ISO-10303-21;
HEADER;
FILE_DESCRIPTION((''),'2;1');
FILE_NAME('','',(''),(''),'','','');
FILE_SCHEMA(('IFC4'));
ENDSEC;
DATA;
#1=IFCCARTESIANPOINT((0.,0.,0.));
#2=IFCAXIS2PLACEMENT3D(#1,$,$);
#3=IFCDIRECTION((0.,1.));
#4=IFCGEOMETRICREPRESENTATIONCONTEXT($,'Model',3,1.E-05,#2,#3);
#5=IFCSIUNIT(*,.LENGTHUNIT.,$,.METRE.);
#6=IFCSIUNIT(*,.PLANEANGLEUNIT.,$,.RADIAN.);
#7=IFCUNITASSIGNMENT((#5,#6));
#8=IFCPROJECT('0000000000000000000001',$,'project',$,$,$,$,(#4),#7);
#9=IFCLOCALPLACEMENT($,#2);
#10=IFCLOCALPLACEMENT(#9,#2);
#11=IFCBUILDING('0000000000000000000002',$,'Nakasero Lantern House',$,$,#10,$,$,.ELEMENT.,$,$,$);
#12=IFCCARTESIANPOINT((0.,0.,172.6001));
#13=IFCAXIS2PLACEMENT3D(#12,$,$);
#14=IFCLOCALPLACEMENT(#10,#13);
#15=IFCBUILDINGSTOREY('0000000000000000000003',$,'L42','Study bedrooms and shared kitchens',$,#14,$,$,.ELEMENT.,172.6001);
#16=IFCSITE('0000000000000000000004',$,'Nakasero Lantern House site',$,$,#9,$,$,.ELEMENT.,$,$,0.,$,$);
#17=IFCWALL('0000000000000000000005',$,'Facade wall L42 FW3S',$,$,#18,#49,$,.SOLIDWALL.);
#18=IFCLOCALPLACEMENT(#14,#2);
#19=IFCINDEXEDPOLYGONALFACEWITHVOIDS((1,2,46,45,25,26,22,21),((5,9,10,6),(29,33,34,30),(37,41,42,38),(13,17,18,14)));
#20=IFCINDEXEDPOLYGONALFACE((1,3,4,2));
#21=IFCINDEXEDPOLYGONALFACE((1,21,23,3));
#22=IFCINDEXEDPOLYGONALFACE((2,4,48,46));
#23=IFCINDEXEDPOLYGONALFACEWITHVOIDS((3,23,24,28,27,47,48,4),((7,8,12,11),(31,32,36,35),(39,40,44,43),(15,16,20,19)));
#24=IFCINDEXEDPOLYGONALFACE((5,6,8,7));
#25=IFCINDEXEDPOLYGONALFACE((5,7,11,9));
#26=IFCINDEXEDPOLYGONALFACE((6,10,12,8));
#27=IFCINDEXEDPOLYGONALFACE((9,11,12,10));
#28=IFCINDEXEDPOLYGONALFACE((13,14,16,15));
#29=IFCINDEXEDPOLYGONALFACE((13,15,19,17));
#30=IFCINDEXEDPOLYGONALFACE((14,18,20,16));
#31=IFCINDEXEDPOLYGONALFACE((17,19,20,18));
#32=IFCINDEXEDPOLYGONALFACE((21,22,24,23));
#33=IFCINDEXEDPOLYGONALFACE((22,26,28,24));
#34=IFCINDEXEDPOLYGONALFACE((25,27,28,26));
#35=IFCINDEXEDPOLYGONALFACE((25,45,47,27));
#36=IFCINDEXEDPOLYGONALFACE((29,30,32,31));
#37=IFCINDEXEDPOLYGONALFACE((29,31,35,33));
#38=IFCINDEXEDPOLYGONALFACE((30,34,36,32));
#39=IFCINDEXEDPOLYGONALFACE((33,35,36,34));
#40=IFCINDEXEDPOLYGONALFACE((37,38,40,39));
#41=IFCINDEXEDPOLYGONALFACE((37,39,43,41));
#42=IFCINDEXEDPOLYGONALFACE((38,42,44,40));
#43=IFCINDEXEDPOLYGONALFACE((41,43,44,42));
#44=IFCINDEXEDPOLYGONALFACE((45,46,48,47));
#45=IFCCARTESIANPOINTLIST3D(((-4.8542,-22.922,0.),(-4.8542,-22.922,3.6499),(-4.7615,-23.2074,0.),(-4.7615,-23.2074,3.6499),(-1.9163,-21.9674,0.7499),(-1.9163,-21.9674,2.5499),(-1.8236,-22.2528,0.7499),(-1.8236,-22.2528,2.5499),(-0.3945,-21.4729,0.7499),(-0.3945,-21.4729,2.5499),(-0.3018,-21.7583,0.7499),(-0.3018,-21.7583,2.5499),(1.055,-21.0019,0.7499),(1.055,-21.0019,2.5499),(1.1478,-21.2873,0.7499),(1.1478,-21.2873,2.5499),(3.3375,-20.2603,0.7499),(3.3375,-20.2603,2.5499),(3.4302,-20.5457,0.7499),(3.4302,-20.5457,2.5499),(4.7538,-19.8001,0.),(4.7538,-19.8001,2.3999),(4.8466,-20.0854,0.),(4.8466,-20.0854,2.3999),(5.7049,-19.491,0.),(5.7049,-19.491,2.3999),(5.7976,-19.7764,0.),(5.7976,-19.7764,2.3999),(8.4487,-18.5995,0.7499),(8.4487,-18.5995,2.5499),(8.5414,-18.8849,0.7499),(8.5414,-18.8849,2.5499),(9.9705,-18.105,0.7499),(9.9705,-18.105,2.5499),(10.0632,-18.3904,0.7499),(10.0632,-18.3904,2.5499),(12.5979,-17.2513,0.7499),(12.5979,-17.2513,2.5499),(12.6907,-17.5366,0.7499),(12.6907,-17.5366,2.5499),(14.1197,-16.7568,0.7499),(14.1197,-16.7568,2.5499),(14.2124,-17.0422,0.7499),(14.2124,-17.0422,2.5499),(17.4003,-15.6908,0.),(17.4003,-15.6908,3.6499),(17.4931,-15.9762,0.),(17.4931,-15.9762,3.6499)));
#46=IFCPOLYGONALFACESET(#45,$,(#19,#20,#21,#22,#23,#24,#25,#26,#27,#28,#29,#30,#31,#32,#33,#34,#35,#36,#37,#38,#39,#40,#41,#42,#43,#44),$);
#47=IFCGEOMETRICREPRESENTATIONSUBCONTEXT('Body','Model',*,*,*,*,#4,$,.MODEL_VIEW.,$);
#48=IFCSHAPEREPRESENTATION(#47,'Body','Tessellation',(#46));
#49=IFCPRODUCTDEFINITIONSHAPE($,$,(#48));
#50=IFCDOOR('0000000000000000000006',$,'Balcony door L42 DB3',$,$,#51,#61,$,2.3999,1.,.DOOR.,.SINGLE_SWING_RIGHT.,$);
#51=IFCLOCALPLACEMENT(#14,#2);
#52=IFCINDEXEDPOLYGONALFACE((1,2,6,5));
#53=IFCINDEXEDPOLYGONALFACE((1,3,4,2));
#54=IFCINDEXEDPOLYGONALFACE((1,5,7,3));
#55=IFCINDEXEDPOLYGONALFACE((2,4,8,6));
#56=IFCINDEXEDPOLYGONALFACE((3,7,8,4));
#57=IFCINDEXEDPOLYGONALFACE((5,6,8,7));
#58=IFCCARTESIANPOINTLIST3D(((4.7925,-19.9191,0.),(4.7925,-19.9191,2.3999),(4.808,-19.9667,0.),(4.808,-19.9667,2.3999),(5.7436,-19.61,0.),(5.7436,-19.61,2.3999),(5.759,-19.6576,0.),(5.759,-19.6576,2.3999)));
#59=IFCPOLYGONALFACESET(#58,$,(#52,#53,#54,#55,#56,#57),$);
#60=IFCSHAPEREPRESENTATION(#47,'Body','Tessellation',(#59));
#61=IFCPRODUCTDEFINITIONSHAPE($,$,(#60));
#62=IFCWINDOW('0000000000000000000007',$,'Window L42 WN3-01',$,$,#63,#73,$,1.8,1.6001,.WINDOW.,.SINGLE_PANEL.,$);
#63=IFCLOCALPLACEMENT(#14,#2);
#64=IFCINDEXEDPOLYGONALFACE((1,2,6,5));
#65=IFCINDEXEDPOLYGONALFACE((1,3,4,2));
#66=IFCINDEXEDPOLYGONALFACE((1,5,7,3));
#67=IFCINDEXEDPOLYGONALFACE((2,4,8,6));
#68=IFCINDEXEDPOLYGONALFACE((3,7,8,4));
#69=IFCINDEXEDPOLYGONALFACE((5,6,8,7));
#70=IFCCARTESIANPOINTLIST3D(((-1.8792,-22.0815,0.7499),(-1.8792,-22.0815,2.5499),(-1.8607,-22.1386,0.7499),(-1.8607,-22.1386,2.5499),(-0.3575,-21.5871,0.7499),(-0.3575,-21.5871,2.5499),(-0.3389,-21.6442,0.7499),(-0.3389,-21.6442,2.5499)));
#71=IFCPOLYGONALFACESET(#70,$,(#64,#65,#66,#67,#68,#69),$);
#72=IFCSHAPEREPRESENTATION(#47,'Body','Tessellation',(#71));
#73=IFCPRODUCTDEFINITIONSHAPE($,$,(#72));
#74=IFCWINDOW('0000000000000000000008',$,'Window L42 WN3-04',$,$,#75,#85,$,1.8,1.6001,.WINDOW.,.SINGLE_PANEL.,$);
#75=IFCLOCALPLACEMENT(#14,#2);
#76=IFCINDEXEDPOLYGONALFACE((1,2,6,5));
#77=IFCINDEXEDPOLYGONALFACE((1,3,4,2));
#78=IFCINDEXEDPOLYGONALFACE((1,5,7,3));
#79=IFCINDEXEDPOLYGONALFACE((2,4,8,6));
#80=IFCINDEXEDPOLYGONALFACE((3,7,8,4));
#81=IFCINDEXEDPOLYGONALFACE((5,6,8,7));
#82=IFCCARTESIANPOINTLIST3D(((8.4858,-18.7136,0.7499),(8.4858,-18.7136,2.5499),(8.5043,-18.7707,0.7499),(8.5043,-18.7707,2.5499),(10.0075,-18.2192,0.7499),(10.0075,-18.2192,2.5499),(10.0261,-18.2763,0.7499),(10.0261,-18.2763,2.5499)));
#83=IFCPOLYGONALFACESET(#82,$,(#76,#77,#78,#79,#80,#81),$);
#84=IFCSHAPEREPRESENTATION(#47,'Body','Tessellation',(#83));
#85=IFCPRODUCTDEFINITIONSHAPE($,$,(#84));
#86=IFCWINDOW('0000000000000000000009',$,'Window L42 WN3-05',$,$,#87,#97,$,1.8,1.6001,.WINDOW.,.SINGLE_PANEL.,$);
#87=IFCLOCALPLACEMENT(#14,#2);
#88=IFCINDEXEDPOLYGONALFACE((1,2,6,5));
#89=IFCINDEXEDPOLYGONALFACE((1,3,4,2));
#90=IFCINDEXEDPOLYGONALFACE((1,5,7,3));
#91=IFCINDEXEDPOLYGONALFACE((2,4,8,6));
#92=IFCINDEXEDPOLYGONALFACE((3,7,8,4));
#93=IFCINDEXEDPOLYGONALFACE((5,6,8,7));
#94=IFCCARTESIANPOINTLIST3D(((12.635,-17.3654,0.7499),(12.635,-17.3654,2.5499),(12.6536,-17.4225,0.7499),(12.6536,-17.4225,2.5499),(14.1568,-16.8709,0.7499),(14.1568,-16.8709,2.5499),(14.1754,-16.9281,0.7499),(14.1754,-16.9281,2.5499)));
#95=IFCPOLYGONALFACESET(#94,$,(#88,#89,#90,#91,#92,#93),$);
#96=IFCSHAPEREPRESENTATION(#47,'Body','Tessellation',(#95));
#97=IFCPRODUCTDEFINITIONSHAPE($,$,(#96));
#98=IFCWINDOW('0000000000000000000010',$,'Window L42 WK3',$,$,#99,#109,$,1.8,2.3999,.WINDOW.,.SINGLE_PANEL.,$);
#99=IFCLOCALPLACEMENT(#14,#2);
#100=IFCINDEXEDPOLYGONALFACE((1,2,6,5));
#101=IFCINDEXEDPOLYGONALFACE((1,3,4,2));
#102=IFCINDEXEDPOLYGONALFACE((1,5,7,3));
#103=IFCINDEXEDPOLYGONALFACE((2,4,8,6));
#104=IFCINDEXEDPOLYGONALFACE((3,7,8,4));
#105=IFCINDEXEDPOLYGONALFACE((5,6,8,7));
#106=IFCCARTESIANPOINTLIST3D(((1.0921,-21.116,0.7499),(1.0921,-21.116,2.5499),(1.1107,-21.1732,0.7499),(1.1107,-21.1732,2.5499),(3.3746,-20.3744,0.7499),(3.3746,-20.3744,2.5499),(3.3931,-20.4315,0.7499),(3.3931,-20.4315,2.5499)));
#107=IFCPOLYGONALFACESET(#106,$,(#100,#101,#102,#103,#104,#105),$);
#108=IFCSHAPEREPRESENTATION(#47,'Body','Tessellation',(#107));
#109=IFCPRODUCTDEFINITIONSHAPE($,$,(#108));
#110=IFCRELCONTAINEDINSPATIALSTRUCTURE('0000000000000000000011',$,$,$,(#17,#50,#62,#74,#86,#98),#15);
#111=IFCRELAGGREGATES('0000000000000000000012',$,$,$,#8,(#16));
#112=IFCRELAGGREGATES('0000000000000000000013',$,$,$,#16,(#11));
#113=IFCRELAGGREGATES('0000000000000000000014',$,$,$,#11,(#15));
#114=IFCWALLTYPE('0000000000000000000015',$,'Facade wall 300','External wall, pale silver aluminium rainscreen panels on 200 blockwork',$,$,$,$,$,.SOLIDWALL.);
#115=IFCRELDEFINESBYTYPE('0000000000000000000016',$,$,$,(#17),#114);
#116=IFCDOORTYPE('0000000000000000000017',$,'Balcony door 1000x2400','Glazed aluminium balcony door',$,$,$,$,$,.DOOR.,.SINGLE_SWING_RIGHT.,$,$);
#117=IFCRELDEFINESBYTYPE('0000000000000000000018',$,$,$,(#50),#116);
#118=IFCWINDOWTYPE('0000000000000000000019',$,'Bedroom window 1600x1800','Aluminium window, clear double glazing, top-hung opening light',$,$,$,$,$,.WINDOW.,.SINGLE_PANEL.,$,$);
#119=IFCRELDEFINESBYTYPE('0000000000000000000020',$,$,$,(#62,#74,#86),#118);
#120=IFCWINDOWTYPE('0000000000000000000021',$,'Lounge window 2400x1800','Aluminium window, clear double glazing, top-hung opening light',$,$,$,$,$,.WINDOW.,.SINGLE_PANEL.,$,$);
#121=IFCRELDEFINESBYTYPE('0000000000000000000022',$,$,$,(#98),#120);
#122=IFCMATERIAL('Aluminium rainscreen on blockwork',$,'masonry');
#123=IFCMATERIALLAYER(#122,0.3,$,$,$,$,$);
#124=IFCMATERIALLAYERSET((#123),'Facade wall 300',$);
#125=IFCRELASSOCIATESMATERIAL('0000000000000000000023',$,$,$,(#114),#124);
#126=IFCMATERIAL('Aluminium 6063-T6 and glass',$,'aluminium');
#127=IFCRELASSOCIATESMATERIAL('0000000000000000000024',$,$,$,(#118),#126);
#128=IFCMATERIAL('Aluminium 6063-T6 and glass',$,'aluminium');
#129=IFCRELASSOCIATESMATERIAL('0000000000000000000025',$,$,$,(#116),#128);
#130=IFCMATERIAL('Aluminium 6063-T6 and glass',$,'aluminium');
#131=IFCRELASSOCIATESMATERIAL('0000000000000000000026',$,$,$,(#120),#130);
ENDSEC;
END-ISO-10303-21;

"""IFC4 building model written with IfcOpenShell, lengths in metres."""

from ifc_helpers import new_model, si_unit, direction, frame, frame_2d, origin, place, context, subcontext, project, spatial, rectangle, extrude, material, layer, layer_set, type_object, element, fill, save


model = new_model("IFC4")

# Units and contexts
model_context = context("Model", 3, precision=1e-05, world=origin(), true_north=direction((0.0, 1.0)))
body_context = subcontext(model_context, "Body", "Model", "MODEL_VIEW")
ifc_project = project(units=[si_unit("LENGTHUNIT", "METRE"), si_unit("PLANEANGLEUNIT", "RADIAN")], contexts=[model_context])

# Site, building, storey
site_placement = place(None, origin())
site = spatial("IfcSite", under=ifc_project, at=site_placement, Name="Nakasero Lantern House site", CompositionType="ELEMENT", RefElevation=0.0)
building_placement = place(site_placement, origin())
building = spatial("IfcBuilding", under=site, at=building_placement, Name="Nakasero Lantern House", CompositionType="ELEMENT")
storey_placement = place(building_placement, frame((0.0, 0.0, 172.6001)))
storey = spatial("IfcBuildingStorey", under=building, at=storey_placement, Name="L42", Description="Study bedrooms and shared kitchens", CompositionType="ELEMENT", Elevation=172.6001)

# Shared definitions
ifc_material_1 = material(Name="Aluminium rainscreen on blockwork", Category="masonry")
ifc_layer_1 = layer(ifc_material_1, 0.3)
ifc_layer_set_1 = layer_set([ifc_layer_1], Name="Facade wall 300")
wall_type_1 = type_object("IfcWallType", Name="Facade wall 300", Description="External wall, pale silver aluminium rainscreen panels on 200 blockwork", PredefinedType="SOLIDWALL", material=ifc_layer_set_1)
ifc_material_2 = material(Name="Aluminium 6063-T6 and glass", Category="aluminium")
window_type_1 = type_object("IfcWindowType", Name="Bedroom window 1600x1800", Description="Aluminium window, clear double glazing, top-hung opening light", PartitioningType="SINGLE_PANEL", PredefinedType="WINDOW", material=ifc_material_2)

# Wall, openings, door, windows
wall_1_placement = place(storey_placement, frame((-4.8079, -23.0647, 0.0), z_axis=(0.0, 0.0, 1.0), x_axis=(0.951054, 0.309026, 0.0)))
wall_1 = element("IfcWall", 1, at=wall_1_placement, inside=storey, type_object=wall_type_1, Name="Facade wall L42 FW3S", PredefinedType="SOLIDWALL", context=body_context, shape_type="SweptSolid", body=[
    extrude(rectangle(XDim=23.3999, YDim=0.3, at=frame_2d((11.7, 0.0))), origin(), (0.0, 0.0, 1.0), 3.6499),
])
opening_1_placement = place(wall_1_placement, frame((3.0891, 0.0, 0.75)))
opening_1 = element("IfcOpeningElement", 2, at=opening_1_placement, cuts=wall_1, PredefinedType="OPENING", context=body_context, shape_type="SweptSolid", body=[
    extrude(rectangle(XDim=1.6001, YDim=1.8, at=frame_2d((0.8, 0.8999))), frame((0.0, 0.1699, 0.0), z_axis=(0.0, -1.0, 0.0), x_axis=(1.0, 0.0, 0.0)), (0.0, 0.0, 1.0), 0.3401),
])
opening_2_placement = place(wall_1_placement, frame((13.9875, 0.0, 0.75)))
opening_2 = element("IfcOpeningElement", 3, at=opening_2_placement, cuts=wall_1, PredefinedType="OPENING", context=body_context, shape_type="SweptSolid", body=[
    extrude(rectangle(XDim=1.6001, YDim=1.8, at=frame_2d((0.8, 0.8999))), frame((0.0, 0.1699, 0.0), z_axis=(0.0, -1.0, 0.0), x_axis=(1.0, 0.0, 0.0)), (0.0, 0.0, 1.0), 0.3401),
])
opening_3_placement = place(wall_1_placement, frame((18.3503, 0.0, 0.75)))
opening_3 = element("IfcOpeningElement", 4, at=opening_3_placement, cuts=wall_1, PredefinedType="OPENING", context=body_context, shape_type="SweptSolid", body=[
    extrude(rectangle(XDim=1.6001, YDim=1.8, at=frame_2d((0.8, 0.8999))), frame((0.0, 0.1699, 0.0), z_axis=(0.0, -1.0, 0.0), x_axis=(1.0, 0.0, 0.0)), (0.0, 0.0, 1.0), 0.3401),
])
opening_4_placement = place(wall_1_placement, frame((6.2134, 0.0, 0.75)))
opening_4 = element("IfcOpeningElement", 5, at=opening_4_placement, cuts=wall_1, PredefinedType="OPENING", context=body_context, shape_type="SweptSolid", body=[
    extrude(rectangle(XDim=2.3999, YDim=1.8, at=frame_2d((1.2, 0.8999))), frame((0.0, 0.1699, 0.0), z_axis=(0.0, -1.0, 0.0), x_axis=(1.0, 0.0, 0.0)), (0.0, 0.0, 1.0), 0.3401),
])
opening_5_placement = place(wall_1_placement, frame((10.1025, 0.0, 0.0)))
opening_5 = element("IfcOpeningElement", 6, at=opening_5_placement, cuts=wall_1, PredefinedType="OPENING", context=body_context, shape_type="SweptSolid", body=[
    extrude(rectangle(XDim=1.0, YDim=2.3999, at=frame_2d((0.5, 1.2))), frame((0.0, 0.1699, 0.0), z_axis=(0.0, -1.0, 0.0), x_axis=(1.0, 0.0, 0.0)), (0.0, 0.0, 1.0), 0.3401),
])
ifc_material_3 = material(Name="Aluminium 6063-T6 and glass", Category="aluminium")
door_type = type_object("IfcDoorType", Name="Balcony door 1000x2400", Description="Glazed aluminium balcony door", OperationType="SINGLE_SWING_RIGHT", PredefinedType="DOOR", material=ifc_material_3)
door_placement = place(opening_5_placement, origin())
door = element("IfcDoor", 7, at=door_placement, inside=storey, type_object=door_type, Name="Balcony door L42 DB3", OperationType="SINGLE_SWING_RIGHT", OverallHeight=2.3999, OverallWidth=1.0, PredefinedType="DOOR", context=body_context, shape_type="SweptSolid", body=[
    extrude(rectangle(XDim=1.0, YDim=2.3999, at=frame_2d((0.5, 1.2))), frame((0.0, 0.0249, 0.0), z_axis=(0.0, -1.0, 0.0), x_axis=(1.0, 0.0, 0.0)), (0.0, 0.0, 1.0), 0.05),
])
fill(opening_5, door)
window_1_placement = place(opening_1_placement, origin())
window_1 = element("IfcWindow", 8, at=window_1_placement, inside=storey, type_object=window_type_1, Name="Window L42 WN3-01", OverallHeight=1.8, OverallWidth=1.6001, PartitioningType="SINGLE_PANEL", PredefinedType="WINDOW", context=body_context, shape_type="SweptSolid", body=[
    extrude(rectangle(XDim=1.6001, YDim=1.8, at=frame_2d((0.8, 0.8999))), frame((0.0, 0.03, 0.0), z_axis=(0.0, -1.0, 0.0), x_axis=(1.0, 0.0, 0.0)), (0.0, 0.0, 1.0), 0.0601),
])
fill(opening_1, window_1)
window_2_placement = place(opening_2_placement, origin())
window_2 = element("IfcWindow", 9, at=window_2_placement, inside=storey, type_object=window_type_1, Name="Window L42 WN3-04", OverallHeight=1.8, OverallWidth=1.6001, PartitioningType="SINGLE_PANEL", PredefinedType="WINDOW", context=body_context, shape_type="SweptSolid", body=[
    extrude(rectangle(XDim=1.6001, YDim=1.8, at=frame_2d((0.8, 0.8999))), frame((0.0, 0.03, 0.0), z_axis=(0.0, -1.0, 0.0), x_axis=(1.0, 0.0, 0.0)), (0.0, 0.0, 1.0), 0.0601),
])
fill(opening_2, window_2)
window_3_placement = place(opening_3_placement, origin())
window_3 = element("IfcWindow", 10, at=window_3_placement, inside=storey, type_object=window_type_1, Name="Window L42 WN3-05", OverallHeight=1.8, OverallWidth=1.6001, PartitioningType="SINGLE_PANEL", PredefinedType="WINDOW", context=body_context, shape_type="SweptSolid", body=[
    extrude(rectangle(XDim=1.6001, YDim=1.8, at=frame_2d((0.8, 0.8999))), frame((0.0, 0.03, 0.0), z_axis=(0.0, -1.0, 0.0), x_axis=(1.0, 0.0, 0.0)), (0.0, 0.0, 1.0), 0.0601),
])
fill(opening_3, window_3)
ifc_material_4 = material(Name="Aluminium 6063-T6 and glass", Category="aluminium")
window_type_2 = type_object("IfcWindowType", Name="Lounge window 2400x1800", Description="Aluminium window, clear double glazing, top-hung opening light", PartitioningType="SINGLE_PANEL", PredefinedType="WINDOW", material=ifc_material_4)
window_4_placement = place(opening_4_placement, origin())
window_4 = element("IfcWindow", 11, at=window_4_placement, inside=storey, type_object=window_type_2, Name="Window L42 WK3", OverallHeight=1.8, OverallWidth=2.3999, PartitioningType="SINGLE_PANEL", PredefinedType="WINDOW", context=body_context, shape_type="SweptSolid", body=[
    extrude(rectangle(XDim=2.3999, YDim=1.8, at=frame_2d((1.2, 0.8999))), frame((0.0, 0.03, 0.0), z_axis=(0.0, -1.0, 0.0), x_axis=(1.0, 0.0, 0.0)), (0.0, 0.0, 1.0), 0.0601),
])
fill(opening_4, window_4)

save(model, "model.ifc")
